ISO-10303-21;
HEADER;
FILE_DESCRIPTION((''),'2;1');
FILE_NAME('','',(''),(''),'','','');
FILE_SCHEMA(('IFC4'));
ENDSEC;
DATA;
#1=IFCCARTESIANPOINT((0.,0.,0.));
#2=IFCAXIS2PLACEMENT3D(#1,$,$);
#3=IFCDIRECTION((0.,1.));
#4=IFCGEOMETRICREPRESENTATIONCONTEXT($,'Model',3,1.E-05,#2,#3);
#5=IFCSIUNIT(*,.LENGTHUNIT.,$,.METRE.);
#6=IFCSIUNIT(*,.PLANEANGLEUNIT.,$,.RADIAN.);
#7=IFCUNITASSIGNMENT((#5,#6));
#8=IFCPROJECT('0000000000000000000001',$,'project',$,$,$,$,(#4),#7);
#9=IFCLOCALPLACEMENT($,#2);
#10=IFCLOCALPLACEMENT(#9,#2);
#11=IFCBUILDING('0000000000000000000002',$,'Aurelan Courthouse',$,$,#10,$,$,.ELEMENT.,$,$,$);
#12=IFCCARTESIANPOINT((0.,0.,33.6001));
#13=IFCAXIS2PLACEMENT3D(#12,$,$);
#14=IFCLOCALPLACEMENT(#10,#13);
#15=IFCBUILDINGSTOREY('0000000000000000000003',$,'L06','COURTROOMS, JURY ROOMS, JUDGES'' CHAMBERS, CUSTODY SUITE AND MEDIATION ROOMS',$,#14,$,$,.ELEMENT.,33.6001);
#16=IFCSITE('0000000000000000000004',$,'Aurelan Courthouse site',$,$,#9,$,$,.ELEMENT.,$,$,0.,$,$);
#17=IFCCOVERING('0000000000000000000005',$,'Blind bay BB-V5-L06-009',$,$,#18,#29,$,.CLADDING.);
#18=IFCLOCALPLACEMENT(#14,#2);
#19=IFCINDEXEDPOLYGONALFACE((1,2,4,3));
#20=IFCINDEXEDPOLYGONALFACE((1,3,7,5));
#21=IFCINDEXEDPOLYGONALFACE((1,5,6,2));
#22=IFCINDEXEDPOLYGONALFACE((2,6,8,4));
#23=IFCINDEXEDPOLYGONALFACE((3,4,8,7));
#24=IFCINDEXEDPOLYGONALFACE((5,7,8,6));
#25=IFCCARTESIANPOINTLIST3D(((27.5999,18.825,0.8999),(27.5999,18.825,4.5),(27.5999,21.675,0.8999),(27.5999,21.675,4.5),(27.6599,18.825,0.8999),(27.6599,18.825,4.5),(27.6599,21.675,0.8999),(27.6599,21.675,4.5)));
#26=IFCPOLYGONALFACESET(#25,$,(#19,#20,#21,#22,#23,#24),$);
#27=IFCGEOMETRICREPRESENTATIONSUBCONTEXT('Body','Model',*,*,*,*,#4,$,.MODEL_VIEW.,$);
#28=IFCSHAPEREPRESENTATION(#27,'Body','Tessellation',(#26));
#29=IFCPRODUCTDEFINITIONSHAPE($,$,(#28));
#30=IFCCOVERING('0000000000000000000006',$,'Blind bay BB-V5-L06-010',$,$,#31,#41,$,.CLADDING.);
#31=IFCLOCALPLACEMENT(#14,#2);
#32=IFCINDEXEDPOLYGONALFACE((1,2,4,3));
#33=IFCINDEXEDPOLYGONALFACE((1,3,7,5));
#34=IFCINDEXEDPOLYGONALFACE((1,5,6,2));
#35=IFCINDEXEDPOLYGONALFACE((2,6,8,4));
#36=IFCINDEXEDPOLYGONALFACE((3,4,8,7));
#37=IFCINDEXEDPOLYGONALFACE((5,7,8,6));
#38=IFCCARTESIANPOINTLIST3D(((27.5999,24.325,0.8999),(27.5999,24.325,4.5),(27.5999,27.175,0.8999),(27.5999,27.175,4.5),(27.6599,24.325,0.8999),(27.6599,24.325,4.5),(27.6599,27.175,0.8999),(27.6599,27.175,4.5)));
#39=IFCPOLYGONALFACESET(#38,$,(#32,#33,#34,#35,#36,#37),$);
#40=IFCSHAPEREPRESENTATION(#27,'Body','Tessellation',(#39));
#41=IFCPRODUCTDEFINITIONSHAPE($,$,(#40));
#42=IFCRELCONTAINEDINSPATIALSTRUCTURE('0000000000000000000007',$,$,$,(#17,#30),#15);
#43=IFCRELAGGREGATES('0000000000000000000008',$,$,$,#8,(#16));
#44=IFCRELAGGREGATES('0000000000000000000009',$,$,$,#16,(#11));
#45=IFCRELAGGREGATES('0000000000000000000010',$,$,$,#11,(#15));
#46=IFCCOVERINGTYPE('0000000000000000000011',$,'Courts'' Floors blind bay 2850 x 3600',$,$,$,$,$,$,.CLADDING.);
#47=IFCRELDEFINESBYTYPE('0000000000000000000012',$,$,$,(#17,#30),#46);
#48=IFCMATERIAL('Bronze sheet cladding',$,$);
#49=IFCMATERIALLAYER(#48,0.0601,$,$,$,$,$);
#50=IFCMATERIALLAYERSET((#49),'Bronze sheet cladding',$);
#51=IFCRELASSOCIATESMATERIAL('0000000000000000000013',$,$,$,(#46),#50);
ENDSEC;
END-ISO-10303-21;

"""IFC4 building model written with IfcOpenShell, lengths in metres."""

from ifc_helpers import new_model, si_unit, direction, frame, origin, origin_2d, place, context, subcontext, project, spatial, rectangle, extrude, material, layer, layer_set, type_object, element, save


model = new_model("IFC4")

# Units and contexts
model_context = context("Model", 3, precision=1e-05, world=origin(), true_north=direction((0.0, 1.0)))
body_context = subcontext(model_context, "Body", "Model", "MODEL_VIEW")
ifc_project = project(units=[si_unit("LENGTHUNIT", "METRE"), si_unit("PLANEANGLEUNIT", "RADIAN")], contexts=[model_context])

# Site, building, storey
site_placement = place(None, origin())
site = spatial("IfcSite", under=ifc_project, at=site_placement, Name="Aurelan Courthouse site", CompositionType="ELEMENT", RefElevation=0.0)
building_placement = place(site_placement, origin())
building = spatial("IfcBuilding", under=site, at=building_placement, Name="Aurelan Courthouse", CompositionType="ELEMENT")
storey_placement = place(building_placement, frame((0.0, 0.0, 33.6001)))
storey = spatial("IfcBuildingStorey", under=building, at=storey_placement, Name="L06", Description="COURTROOMS, JURY ROOMS, JUDGES' CHAMBERS, CUSTODY SUITE AND MEDIATION ROOMS", CompositionType="ELEMENT", Elevation=33.6001)

# Coverings
ifc_material_1 = material(Name="Bronze sheet cladding")
ifc_layer_1 = layer(ifc_material_1, 0.0601)
ifc_layer_set_1 = layer_set([ifc_layer_1], Name="Bronze sheet cladding")
covering_type_1 = type_object("IfcCoveringType", Name="Courts' Floors blind bay 2850 x 3600", PredefinedType="CLADDING", material=ifc_layer_set_1)
for number, where, z_axis, x_axis, name in (
    (1, (27.6299, 20.25, 0.8999), (0.0, 0.0, 1.0), (1.0, 0.0, 0.0), "Blind bay BB-V5-L06-009"),
    (2, (27.6299, 25.75, 0.8999), (0.0, 0.0, 1.0), (1.0, 0.0, 0.0), "Blind bay BB-V5-L06-010"),
):
    element("IfcCovering", number, at=place(storey_placement, frame(where, z_axis=z_axis, x_axis=x_axis)), inside=storey, type_object=covering_type_1, Name=name, PredefinedType="CLADDING", context=body_context, shape_type="SweptSolid", body=[
        extrude(rectangle(XDim=0.0601, YDim=2.8501, at=origin_2d()), origin(), (0.0, 0.0, 1.0), 3.6001),
    ])

save(model, "model.ifc")
